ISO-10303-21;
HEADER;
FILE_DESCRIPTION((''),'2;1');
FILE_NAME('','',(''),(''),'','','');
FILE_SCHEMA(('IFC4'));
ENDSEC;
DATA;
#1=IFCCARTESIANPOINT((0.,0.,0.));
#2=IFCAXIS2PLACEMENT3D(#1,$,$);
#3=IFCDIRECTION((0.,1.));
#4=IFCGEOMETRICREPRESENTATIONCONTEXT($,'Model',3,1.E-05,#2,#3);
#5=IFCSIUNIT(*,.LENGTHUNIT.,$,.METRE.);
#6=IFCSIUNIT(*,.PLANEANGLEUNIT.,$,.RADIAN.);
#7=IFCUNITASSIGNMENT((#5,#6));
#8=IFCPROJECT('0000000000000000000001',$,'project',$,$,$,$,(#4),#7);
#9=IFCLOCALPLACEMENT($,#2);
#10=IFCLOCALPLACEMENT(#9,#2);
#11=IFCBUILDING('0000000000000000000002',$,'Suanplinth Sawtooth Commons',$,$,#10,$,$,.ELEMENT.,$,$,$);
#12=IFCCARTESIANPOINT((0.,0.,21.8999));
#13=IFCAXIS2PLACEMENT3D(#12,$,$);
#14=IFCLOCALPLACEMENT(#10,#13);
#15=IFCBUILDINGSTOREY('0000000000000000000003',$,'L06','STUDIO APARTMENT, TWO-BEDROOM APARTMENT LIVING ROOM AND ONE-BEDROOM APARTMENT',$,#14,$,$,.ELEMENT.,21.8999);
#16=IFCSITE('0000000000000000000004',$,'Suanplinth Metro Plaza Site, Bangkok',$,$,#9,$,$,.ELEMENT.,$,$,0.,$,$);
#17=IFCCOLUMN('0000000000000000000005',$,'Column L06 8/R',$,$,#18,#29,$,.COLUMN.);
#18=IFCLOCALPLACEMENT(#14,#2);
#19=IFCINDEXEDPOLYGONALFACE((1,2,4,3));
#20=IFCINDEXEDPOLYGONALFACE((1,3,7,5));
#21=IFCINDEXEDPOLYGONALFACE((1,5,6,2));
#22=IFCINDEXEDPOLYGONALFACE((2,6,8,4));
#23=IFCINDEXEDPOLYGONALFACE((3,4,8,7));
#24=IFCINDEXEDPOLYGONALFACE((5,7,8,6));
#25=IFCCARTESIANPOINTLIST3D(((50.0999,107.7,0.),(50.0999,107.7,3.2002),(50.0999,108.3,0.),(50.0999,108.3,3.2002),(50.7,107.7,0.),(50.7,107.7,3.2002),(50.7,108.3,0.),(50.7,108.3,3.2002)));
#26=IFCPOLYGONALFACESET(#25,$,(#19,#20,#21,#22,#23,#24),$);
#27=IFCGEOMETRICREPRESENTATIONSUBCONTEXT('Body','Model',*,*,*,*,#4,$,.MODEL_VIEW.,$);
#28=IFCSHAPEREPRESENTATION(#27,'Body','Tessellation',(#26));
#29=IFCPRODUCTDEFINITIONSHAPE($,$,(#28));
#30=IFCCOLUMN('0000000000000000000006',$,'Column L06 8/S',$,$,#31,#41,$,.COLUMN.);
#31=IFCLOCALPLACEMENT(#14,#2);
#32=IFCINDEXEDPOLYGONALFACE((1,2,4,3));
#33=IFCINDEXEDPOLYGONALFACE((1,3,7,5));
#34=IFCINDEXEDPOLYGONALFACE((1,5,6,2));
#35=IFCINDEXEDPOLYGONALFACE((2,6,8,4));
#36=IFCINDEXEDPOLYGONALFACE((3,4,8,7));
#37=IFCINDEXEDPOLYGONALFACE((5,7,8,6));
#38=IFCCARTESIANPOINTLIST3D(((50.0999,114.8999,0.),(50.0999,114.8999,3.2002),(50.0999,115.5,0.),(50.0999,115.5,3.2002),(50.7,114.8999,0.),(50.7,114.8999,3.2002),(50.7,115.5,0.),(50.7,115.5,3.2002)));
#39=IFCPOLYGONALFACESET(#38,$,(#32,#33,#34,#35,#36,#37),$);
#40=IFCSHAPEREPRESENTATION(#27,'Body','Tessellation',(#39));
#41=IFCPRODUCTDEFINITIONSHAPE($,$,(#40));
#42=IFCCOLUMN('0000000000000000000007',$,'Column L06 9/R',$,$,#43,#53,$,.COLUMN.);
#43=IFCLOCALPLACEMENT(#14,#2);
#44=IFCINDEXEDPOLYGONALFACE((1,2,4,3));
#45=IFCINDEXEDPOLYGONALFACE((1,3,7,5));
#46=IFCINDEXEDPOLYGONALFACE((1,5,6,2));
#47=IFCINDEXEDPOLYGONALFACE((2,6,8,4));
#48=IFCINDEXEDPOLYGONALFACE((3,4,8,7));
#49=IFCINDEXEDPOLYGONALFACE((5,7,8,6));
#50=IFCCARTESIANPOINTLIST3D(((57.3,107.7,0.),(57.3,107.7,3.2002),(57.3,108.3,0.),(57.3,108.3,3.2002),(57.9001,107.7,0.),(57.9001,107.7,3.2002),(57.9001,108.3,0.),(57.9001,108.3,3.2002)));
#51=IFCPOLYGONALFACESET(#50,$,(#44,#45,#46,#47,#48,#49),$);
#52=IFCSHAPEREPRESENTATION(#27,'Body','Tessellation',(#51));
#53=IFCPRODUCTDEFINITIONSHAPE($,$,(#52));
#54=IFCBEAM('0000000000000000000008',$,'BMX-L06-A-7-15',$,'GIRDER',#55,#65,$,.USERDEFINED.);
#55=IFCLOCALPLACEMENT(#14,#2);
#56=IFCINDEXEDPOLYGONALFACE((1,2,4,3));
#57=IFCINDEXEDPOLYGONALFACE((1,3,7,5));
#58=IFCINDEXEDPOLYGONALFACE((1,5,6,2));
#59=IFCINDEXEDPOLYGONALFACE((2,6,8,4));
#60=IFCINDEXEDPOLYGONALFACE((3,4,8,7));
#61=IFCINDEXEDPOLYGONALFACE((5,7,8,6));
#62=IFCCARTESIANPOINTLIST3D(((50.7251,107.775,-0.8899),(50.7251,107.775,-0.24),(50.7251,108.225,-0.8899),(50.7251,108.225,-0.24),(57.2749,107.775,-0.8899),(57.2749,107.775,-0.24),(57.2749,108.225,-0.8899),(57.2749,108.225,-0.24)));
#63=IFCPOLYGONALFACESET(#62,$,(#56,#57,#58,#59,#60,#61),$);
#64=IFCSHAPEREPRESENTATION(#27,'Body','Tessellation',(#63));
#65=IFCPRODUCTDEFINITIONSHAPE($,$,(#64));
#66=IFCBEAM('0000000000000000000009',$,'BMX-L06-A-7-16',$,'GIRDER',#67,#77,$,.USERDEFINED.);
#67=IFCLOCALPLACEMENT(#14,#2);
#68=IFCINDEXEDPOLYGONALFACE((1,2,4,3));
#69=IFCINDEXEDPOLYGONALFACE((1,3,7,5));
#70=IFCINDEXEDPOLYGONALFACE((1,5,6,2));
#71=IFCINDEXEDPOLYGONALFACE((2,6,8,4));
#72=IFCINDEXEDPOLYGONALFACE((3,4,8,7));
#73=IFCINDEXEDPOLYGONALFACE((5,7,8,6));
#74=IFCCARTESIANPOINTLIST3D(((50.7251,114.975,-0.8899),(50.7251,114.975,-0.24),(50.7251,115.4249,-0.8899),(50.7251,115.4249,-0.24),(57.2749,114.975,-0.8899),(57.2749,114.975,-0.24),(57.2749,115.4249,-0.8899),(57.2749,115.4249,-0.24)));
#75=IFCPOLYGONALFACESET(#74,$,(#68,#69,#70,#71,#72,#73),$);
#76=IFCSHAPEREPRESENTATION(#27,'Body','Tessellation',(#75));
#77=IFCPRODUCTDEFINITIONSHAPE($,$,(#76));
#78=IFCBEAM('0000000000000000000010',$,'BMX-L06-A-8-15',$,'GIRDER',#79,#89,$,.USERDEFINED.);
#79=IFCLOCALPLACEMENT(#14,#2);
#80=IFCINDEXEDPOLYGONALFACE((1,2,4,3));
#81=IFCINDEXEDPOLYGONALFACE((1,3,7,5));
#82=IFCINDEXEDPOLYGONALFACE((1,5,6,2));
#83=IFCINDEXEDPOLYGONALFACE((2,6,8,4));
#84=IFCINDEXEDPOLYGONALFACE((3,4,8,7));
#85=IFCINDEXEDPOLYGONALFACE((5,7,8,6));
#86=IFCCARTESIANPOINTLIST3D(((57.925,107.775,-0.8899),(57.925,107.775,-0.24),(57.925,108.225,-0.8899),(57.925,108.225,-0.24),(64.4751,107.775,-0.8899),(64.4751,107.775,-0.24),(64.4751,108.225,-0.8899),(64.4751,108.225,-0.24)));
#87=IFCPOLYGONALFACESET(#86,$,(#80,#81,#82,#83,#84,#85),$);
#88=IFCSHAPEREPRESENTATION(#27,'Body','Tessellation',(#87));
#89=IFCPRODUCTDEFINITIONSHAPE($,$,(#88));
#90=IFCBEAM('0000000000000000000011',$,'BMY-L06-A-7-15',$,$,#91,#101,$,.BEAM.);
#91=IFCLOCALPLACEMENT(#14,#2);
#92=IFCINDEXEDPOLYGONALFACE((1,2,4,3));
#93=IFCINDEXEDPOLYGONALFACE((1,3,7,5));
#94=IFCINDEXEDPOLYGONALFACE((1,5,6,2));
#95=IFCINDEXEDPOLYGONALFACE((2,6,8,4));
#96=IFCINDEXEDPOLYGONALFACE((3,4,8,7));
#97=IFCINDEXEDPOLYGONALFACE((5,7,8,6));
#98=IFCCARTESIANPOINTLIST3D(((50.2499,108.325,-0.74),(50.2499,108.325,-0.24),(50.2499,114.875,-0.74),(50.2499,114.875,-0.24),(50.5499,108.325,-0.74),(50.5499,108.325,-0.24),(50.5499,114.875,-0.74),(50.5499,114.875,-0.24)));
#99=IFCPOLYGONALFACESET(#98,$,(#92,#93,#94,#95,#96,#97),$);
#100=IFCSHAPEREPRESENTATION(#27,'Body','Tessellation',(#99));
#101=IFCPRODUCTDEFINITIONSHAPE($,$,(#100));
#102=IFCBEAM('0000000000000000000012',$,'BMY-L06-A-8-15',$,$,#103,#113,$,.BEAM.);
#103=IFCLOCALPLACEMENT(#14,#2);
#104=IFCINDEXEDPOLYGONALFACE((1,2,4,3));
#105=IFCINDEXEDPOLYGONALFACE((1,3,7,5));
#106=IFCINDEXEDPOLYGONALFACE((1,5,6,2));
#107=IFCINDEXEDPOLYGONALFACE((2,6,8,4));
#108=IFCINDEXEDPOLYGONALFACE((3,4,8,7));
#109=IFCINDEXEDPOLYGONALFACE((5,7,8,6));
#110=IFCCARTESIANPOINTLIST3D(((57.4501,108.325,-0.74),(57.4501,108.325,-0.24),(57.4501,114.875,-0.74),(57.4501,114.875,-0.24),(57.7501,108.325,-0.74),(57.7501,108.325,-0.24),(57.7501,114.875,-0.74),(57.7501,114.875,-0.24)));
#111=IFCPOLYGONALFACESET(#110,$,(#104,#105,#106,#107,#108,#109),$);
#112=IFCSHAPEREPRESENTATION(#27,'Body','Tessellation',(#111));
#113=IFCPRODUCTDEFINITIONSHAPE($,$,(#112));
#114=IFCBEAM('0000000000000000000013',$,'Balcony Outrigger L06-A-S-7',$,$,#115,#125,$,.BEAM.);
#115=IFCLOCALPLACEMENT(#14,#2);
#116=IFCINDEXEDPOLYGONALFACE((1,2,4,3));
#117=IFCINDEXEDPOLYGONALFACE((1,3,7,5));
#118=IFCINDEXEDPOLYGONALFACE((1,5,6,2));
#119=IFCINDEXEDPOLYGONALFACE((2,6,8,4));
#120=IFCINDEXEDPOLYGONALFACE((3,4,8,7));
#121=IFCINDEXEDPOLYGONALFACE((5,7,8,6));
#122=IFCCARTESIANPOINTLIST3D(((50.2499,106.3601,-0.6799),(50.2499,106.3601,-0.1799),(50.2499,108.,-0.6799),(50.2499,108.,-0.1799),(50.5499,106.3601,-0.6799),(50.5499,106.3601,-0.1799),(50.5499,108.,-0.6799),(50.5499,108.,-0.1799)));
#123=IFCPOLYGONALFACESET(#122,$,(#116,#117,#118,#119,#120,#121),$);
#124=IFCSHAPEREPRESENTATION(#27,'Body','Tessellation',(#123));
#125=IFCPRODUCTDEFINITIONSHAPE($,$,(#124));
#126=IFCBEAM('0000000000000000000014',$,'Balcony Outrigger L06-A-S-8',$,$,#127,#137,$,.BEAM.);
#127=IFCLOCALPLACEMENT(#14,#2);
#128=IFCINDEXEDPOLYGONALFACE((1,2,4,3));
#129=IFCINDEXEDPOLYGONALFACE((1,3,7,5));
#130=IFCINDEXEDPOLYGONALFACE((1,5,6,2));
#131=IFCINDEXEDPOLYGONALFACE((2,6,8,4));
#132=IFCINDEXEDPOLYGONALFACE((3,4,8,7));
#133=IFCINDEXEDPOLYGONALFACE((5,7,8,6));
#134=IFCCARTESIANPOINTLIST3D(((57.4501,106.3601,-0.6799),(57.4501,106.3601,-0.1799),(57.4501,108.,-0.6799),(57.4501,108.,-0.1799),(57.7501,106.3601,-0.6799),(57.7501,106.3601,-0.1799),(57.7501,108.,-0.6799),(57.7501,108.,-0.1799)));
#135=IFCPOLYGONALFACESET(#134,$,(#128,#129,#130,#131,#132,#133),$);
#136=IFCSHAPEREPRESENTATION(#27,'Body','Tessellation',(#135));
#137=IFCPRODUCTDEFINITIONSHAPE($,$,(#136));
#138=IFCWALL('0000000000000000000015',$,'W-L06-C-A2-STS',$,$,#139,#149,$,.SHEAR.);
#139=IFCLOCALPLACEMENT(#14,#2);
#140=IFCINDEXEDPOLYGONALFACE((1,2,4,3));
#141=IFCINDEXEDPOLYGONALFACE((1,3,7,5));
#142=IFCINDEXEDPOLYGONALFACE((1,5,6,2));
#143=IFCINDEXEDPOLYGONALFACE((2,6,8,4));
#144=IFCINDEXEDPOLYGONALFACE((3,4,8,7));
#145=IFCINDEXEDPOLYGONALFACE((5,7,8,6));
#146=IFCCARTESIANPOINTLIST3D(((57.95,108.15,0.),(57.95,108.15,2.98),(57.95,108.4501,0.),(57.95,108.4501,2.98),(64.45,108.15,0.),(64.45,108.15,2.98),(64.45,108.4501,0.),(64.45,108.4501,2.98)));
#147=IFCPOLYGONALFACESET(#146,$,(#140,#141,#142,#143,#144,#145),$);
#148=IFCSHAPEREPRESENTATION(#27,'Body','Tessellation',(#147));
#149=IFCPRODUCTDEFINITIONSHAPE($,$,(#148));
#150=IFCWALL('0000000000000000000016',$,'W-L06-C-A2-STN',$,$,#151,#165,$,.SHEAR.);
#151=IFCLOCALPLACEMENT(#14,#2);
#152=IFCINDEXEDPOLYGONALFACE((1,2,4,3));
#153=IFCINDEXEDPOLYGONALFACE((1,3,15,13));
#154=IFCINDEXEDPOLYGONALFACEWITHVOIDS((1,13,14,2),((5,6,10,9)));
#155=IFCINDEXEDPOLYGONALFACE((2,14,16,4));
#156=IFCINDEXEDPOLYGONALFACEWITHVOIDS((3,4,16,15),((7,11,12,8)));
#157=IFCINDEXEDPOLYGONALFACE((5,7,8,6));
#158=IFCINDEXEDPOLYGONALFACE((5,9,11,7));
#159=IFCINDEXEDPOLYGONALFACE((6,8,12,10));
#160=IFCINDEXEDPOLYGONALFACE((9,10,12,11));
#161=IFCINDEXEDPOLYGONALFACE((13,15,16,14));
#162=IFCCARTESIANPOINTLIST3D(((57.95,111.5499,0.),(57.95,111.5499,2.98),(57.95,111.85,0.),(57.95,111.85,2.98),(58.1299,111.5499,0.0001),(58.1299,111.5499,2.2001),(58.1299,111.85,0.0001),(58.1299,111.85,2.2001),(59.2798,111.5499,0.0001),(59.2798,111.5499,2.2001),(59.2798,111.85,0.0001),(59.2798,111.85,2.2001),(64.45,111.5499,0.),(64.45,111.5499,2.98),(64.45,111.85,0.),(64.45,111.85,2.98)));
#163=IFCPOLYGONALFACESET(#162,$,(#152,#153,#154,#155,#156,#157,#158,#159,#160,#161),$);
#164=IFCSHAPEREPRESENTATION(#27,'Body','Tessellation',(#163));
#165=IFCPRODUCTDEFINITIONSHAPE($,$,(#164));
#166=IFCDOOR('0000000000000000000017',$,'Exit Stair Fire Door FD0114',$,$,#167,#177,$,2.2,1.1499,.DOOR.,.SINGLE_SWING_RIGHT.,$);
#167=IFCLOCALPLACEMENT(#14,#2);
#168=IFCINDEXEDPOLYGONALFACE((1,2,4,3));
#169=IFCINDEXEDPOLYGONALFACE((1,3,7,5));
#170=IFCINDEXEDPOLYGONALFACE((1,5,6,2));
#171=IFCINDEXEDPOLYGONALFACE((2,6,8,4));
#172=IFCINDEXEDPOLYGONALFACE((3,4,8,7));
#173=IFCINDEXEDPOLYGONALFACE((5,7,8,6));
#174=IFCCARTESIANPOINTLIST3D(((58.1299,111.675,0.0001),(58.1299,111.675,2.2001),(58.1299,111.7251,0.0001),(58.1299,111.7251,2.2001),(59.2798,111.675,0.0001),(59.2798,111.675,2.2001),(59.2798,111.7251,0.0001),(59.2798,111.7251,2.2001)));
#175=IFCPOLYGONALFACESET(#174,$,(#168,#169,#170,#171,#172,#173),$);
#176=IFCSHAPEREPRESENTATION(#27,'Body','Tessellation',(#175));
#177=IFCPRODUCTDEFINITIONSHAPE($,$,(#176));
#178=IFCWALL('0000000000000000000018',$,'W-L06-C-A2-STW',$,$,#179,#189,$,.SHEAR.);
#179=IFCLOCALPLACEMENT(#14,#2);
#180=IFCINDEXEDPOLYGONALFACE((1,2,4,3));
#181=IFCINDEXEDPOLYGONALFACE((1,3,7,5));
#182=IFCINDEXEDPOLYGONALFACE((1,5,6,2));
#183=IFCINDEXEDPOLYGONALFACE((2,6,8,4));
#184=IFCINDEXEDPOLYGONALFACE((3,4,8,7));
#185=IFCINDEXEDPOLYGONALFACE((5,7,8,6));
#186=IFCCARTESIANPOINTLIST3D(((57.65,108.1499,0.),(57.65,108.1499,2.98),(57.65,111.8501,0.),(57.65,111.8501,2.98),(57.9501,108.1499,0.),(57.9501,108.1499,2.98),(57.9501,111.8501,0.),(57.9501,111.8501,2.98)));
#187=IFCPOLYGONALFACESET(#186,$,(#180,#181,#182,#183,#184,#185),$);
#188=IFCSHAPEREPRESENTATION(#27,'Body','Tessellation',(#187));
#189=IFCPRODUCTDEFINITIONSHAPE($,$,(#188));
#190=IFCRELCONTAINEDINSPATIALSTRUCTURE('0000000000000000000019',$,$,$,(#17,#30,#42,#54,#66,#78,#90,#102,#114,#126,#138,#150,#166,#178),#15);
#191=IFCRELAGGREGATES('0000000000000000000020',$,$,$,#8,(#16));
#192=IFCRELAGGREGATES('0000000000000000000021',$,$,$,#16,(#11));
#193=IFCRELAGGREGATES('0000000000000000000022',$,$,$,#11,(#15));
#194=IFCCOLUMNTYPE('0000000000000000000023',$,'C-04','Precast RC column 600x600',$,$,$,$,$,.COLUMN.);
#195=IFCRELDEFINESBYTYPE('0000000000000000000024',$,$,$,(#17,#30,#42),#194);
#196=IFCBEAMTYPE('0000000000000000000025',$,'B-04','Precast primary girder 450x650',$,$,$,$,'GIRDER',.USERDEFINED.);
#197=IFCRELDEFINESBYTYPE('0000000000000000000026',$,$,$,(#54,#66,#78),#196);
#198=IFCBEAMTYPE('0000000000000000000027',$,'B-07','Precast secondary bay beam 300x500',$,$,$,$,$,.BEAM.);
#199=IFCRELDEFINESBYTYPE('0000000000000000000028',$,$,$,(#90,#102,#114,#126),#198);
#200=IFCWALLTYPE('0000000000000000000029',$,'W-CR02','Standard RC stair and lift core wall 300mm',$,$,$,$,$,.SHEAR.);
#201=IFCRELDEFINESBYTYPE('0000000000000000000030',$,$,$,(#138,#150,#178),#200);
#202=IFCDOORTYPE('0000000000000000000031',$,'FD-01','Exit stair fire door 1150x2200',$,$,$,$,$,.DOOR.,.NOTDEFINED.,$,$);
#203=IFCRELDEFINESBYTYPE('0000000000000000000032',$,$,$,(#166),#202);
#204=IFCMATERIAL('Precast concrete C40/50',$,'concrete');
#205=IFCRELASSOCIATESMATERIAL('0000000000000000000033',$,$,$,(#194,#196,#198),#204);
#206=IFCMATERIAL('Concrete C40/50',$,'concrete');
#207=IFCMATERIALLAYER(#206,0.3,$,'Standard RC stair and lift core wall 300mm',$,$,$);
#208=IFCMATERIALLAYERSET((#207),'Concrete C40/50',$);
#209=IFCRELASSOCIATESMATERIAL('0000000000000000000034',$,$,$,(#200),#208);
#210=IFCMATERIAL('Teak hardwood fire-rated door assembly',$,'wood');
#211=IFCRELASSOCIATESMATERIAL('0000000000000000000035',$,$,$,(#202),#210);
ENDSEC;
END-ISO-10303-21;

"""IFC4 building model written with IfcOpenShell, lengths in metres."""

from ifc_helpers import new_model, si_unit, direction, frame, frame_2d, origin, origin_2d, place, context, subcontext, project, spatial, rectangle, extrude, material, layer, layer_set, material_profile, profile_set, type_object, element, fill, save


model = new_model("IFC4")

# Units and contexts
model_context = context("Model", 3, precision=1e-05, world=origin(), true_north=direction((0.0, 1.0)))
body_context = subcontext(model_context, "Body", "Model", "MODEL_VIEW")
ifc_project = project(units=[si_unit("LENGTHUNIT", "METRE"), si_unit("PLANEANGLEUNIT", "RADIAN")], contexts=[model_context])

# Site, building, storey
site_placement = place(None, origin())
site = spatial("IfcSite", under=ifc_project, at=site_placement, Name="Suanplinth Metro Plaza Site, Bangkok", CompositionType="ELEMENT", RefElevation=0.0)
building_placement = place(site_placement, origin())
building = spatial("IfcBuilding", under=site, at=building_placement, Name="Suanplinth Sawtooth Commons", CompositionType="ELEMENT")
storey_placement = place(building_placement, frame((0.0, 0.0, 21.8999)))
storey = spatial("IfcBuildingStorey", under=building, at=storey_placement, Name="L06", Description="STUDIO APARTMENT, TWO-BEDROOM APARTMENT LIVING ROOM AND ONE-BEDROOM APARTMENT", CompositionType="ELEMENT", Elevation=21.8999)

# Columns
ifc_material_1 = material(Name="Precast concrete C40/50", Category="concrete")
ifc_material_profile_1 = material_profile(ifc_material_1, rectangle(XDim=0.6001, YDim=0.6001, at=origin_2d()), Name="PC-COL 600x600")
ifc_profile_set_1 = profile_set([ifc_material_profile_1], Name="Precast concrete C40/50")
column_type = type_object("IfcColumnType", Name="C-04", Description="Precast RC column 600x600", PredefinedType="COLUMN", material=ifc_profile_set_1)
for number, where, z_axis, x_axis, name in (
    (1, (50.3999, 108.0, 0.0), (0.0, 0.0, 1.0), (1.0, 0.0, 0.0), "Column L06 8/R"),
    (2, (50.3999, 115.2, 0.0), (0.0, 0.0, 1.0), (1.0, 0.0, 0.0), "Column L06 8/S"),
    (3, (57.6001, 108.0, 0.0), (0.0, 0.0, 1.0), (1.0, 0.0, 0.0), "Column L06 9/R"),
):
    element("IfcColumn", number, at=place(storey_placement, frame(where, z_axis=z_axis, x_axis=x_axis)), inside=storey, type_object=column_type, Name=name, PredefinedType="COLUMN", context=body_context, shape_type="SweptSolid", body=[
        extrude(rectangle(XDim=0.6001, YDim=0.6001, at=origin_2d()), origin(), (0.0, 0.0, 1.0), 3.2002),
    ])

# Beams
ifc_material_profile_2 = material_profile(ifc_material_1, rectangle(XDim=0.45, YDim=0.6499, at=origin_2d()), Name="PC-GDR 450x650")
ifc_profile_set_2 = profile_set([ifc_material_profile_2], Name="Precast concrete C40/50")
beam_type_1 = type_object("IfcBeamType", Name="B-04", Description="Precast primary girder 450x650", ElementType="GIRDER", PredefinedType="USERDEFINED", material=ifc_profile_set_2)
for number, where, z_axis, x_axis, name in (
    (4, (50.7251, 108.0, -0.5649), (1.0, 0.0, 0.0), (0.0, 1.0, 0.0), "BMX-L06-A-7-15"),
    (5, (50.7251, 115.2, -0.5649), (1.0, 0.0, 0.0), (0.0, 1.0, 0.0), "BMX-L06-A-7-16"),
):
    element("IfcBeam", number, at=place(storey_placement, frame(where, z_axis=z_axis, x_axis=x_axis)), inside=storey, type_object=beam_type_1, Name=name, ObjectType="GIRDER", PredefinedType="USERDEFINED", context=body_context, shape_type="SweptSolid", body=[
        extrude(rectangle(XDim=0.45, YDim=0.6499, at=origin_2d()), origin(), (0.0, 0.0, 1.0), 6.5498),
    ])
beam_placement = place(storey_placement, frame((57.925, 108.0, -0.5649), z_axis=(1.0, 0.0, 0.0), x_axis=(0.0, 1.0, 0.0)))
element("IfcBeam", 6, at=beam_placement, inside=storey, type_object=beam_type_1, Name="BMX-L06-A-8-15", ObjectType="GIRDER", PredefinedType="USERDEFINED", context=body_context, shape_type="SweptSolid", body=[
    extrude(rectangle(XDim=0.45, YDim=0.6499, at=origin_2d()), origin(), (0.0, 0.0, 1.0), 6.55),
])
ifc_material_profile_3 = material_profile(ifc_material_1, rectangle(XDim=0.3, YDim=0.5, at=origin_2d()), Name="PC-BM 300x500")
ifc_profile_set_3 = profile_set([ifc_material_profile_3], Name="Precast concrete C40/50")
beam_type_2 = type_object("IfcBeamType", Name="B-07", Description="Precast secondary bay beam 300x500", PredefinedType="BEAM", material=ifc_profile_set_3)
for number, where, z_axis, x_axis, name in (
    (7, (50.3999, 108.325, -0.49), (0.0, 1.0, 0.0), (-1.0, 0.0, 0.0), "BMY-L06-A-7-15"),
    (8, (57.6001, 108.325, -0.49), (0.0, 1.0, 0.0), (-1.0, 0.0, 0.0), "BMY-L06-A-8-15"),
):
    element("IfcBeam", number, at=place(storey_placement, frame(where, z_axis=z_axis, x_axis=x_axis)), inside=storey, type_object=beam_type_2, Name=name, PredefinedType="BEAM", context=body_context, shape_type="SweptSolid", body=[
        extrude(rectangle(XDim=0.3, YDim=0.5, at=origin_2d()), origin(), (0.0, 0.0, 1.0), 6.55),
    ])
for number, where, z_axis, x_axis, name in (
    (9, (50.3999, 108.0, -0.4299), (0.0, -1.0, 0.0), (1.0, 0.0, 0.0), "Balcony Outrigger L06-A-S-7"),
    (10, (57.6001, 108.0, -0.4299), (0.0, -1.0, 0.0), (1.0, 0.0, 0.0), "Balcony Outrigger L06-A-S-8"),
):
    element("IfcBeam", number, at=place(storey_placement, frame(where, z_axis=z_axis, x_axis=x_axis)), inside=storey, type_object=beam_type_2, Name=name, PredefinedType="BEAM", context=body_context, shape_type="SweptSolid", body=[
        extrude(rectangle(XDim=0.3, YDim=0.5, at=origin_2d()), origin(), (0.0, 0.0, 1.0), 1.6399),
    ])

# Wall
ifc_material_2 = material(Name="Concrete C40/50", Category="concrete")
ifc_layer_1 = layer(ifc_material_2, 0.3, Name="Standard RC stair and lift core wall 300mm")
ifc_layer_set_1 = layer_set([ifc_layer_1], Name="Concrete C40/50")
wall_type_1 = type_object("IfcWallType", Name="W-CR02", Description="Standard RC stair and lift core wall 300mm", PredefinedType="SHEAR", material=ifc_layer_set_1)
wall_1_placement = place(storey_placement, frame((57.95, 108.3, 0.0), z_axis=(0.0, 0.0, 1.0), x_axis=(1.0, 0.0, 0.0)))
element("IfcWall", 11, at=wall_1_placement, inside=storey, type_object=wall_type_1, Name="W-L06-C-A2-STS", PredefinedType="SHEAR", context=body_context, shape_type="SweptSolid", body=[
    extrude(rectangle(XDim=6.5, YDim=0.3, at=frame_2d((3.25, 0.0))), origin(), (0.0, 0.0, 1.0), 2.98),
])

# Wall, opening, door
wall_2_placement = place(storey_placement, frame((57.95, 111.7, 0.0), z_axis=(0.0, 0.0, 1.0), x_axis=(1.0, 0.0, 0.0)))
wall_2 = element("IfcWall", 12, at=wall_2_placement, inside=storey, type_object=wall_type_1, Name="W-L06-C-A2-STN", PredefinedType="SHEAR", context=body_context, shape_type="SweptSolid", body=[
    extrude(rectangle(XDim=6.5, YDim=0.3, at=frame_2d((3.25, 0.0))), origin(), (0.0, 0.0, 1.0), 2.98),
])
opening_1_placement = place(wall_2_placement, frame((0.1799, 0.0, 0.0)))
opening_1 = element("IfcOpeningElement", 13, at=opening_1_placement, cuts=wall_2, PredefinedType="OPENING", context=body_context, shape_type="SweptSolid", body=[
    extrude(rectangle(XDim=1.1499, YDim=2.2, at=frame_2d((0.575, 1.1001))), frame((0.0, 0.165, 0.0), z_axis=(0.0, -1.0, 0.0), x_axis=(1.0, 0.0, 0.0)), (0.0, 0.0, 1.0), 0.3298),
])
ifc_material_3 = material(Name="Teak hardwood fire-rated door assembly", Category="wood")
door_type_1 = type_object("IfcDoorType", Name="FD-01", Description="Exit stair fire door 1150x2200", OperationType="NOTDEFINED", PredefinedType="DOOR", material=ifc_material_3)
door_1_placement = place(opening_1_placement, frame((1.1499, 0.0, 0.0), z_axis=(0.0, 0.0, 1.0), x_axis=(-1.0, 0.0, 0.0)))
door_1 = element("IfcDoor", 14, at=door_1_placement, inside=storey, type_object=door_type_1, Name="Exit Stair Fire Door FD0114", OperationType="SINGLE_SWING_RIGHT", OverallHeight=2.2, OverallWidth=1.1499, PredefinedType="DOOR", context=body_context, shape_type="SweptSolid", body=[
    extrude(rectangle(XDim=1.1499, YDim=2.2, at=frame_2d((0.575, 1.1001))), frame((0.0, 0.0249, 0.0), z_axis=(0.0, -1.0, 0.0), x_axis=(1.0, 0.0, 0.0)), (0.0, 0.0, 1.0), 0.05),
])
fill(opening_1, door_1)

# Wall
wall_3_placement = place(storey_placement, frame((57.8, 108.1499, 0.0), z_axis=(0.0, 0.0, 1.0), x_axis=(0.0, 1.0, 0.0)))
element("IfcWall", 15, at=wall_3_placement, inside=storey, type_object=wall_type_1, Name="W-L06-C-A2-STW", PredefinedType="SHEAR", context=body_context, shape_type="SweptSolid", body=[
    extrude(rectangle(XDim=3.7002, YDim=0.3, at=frame_2d((1.8501, 0.0))), origin(), (0.0, 0.0, 1.0), 2.98),
])

save(model, "model.ifc")
